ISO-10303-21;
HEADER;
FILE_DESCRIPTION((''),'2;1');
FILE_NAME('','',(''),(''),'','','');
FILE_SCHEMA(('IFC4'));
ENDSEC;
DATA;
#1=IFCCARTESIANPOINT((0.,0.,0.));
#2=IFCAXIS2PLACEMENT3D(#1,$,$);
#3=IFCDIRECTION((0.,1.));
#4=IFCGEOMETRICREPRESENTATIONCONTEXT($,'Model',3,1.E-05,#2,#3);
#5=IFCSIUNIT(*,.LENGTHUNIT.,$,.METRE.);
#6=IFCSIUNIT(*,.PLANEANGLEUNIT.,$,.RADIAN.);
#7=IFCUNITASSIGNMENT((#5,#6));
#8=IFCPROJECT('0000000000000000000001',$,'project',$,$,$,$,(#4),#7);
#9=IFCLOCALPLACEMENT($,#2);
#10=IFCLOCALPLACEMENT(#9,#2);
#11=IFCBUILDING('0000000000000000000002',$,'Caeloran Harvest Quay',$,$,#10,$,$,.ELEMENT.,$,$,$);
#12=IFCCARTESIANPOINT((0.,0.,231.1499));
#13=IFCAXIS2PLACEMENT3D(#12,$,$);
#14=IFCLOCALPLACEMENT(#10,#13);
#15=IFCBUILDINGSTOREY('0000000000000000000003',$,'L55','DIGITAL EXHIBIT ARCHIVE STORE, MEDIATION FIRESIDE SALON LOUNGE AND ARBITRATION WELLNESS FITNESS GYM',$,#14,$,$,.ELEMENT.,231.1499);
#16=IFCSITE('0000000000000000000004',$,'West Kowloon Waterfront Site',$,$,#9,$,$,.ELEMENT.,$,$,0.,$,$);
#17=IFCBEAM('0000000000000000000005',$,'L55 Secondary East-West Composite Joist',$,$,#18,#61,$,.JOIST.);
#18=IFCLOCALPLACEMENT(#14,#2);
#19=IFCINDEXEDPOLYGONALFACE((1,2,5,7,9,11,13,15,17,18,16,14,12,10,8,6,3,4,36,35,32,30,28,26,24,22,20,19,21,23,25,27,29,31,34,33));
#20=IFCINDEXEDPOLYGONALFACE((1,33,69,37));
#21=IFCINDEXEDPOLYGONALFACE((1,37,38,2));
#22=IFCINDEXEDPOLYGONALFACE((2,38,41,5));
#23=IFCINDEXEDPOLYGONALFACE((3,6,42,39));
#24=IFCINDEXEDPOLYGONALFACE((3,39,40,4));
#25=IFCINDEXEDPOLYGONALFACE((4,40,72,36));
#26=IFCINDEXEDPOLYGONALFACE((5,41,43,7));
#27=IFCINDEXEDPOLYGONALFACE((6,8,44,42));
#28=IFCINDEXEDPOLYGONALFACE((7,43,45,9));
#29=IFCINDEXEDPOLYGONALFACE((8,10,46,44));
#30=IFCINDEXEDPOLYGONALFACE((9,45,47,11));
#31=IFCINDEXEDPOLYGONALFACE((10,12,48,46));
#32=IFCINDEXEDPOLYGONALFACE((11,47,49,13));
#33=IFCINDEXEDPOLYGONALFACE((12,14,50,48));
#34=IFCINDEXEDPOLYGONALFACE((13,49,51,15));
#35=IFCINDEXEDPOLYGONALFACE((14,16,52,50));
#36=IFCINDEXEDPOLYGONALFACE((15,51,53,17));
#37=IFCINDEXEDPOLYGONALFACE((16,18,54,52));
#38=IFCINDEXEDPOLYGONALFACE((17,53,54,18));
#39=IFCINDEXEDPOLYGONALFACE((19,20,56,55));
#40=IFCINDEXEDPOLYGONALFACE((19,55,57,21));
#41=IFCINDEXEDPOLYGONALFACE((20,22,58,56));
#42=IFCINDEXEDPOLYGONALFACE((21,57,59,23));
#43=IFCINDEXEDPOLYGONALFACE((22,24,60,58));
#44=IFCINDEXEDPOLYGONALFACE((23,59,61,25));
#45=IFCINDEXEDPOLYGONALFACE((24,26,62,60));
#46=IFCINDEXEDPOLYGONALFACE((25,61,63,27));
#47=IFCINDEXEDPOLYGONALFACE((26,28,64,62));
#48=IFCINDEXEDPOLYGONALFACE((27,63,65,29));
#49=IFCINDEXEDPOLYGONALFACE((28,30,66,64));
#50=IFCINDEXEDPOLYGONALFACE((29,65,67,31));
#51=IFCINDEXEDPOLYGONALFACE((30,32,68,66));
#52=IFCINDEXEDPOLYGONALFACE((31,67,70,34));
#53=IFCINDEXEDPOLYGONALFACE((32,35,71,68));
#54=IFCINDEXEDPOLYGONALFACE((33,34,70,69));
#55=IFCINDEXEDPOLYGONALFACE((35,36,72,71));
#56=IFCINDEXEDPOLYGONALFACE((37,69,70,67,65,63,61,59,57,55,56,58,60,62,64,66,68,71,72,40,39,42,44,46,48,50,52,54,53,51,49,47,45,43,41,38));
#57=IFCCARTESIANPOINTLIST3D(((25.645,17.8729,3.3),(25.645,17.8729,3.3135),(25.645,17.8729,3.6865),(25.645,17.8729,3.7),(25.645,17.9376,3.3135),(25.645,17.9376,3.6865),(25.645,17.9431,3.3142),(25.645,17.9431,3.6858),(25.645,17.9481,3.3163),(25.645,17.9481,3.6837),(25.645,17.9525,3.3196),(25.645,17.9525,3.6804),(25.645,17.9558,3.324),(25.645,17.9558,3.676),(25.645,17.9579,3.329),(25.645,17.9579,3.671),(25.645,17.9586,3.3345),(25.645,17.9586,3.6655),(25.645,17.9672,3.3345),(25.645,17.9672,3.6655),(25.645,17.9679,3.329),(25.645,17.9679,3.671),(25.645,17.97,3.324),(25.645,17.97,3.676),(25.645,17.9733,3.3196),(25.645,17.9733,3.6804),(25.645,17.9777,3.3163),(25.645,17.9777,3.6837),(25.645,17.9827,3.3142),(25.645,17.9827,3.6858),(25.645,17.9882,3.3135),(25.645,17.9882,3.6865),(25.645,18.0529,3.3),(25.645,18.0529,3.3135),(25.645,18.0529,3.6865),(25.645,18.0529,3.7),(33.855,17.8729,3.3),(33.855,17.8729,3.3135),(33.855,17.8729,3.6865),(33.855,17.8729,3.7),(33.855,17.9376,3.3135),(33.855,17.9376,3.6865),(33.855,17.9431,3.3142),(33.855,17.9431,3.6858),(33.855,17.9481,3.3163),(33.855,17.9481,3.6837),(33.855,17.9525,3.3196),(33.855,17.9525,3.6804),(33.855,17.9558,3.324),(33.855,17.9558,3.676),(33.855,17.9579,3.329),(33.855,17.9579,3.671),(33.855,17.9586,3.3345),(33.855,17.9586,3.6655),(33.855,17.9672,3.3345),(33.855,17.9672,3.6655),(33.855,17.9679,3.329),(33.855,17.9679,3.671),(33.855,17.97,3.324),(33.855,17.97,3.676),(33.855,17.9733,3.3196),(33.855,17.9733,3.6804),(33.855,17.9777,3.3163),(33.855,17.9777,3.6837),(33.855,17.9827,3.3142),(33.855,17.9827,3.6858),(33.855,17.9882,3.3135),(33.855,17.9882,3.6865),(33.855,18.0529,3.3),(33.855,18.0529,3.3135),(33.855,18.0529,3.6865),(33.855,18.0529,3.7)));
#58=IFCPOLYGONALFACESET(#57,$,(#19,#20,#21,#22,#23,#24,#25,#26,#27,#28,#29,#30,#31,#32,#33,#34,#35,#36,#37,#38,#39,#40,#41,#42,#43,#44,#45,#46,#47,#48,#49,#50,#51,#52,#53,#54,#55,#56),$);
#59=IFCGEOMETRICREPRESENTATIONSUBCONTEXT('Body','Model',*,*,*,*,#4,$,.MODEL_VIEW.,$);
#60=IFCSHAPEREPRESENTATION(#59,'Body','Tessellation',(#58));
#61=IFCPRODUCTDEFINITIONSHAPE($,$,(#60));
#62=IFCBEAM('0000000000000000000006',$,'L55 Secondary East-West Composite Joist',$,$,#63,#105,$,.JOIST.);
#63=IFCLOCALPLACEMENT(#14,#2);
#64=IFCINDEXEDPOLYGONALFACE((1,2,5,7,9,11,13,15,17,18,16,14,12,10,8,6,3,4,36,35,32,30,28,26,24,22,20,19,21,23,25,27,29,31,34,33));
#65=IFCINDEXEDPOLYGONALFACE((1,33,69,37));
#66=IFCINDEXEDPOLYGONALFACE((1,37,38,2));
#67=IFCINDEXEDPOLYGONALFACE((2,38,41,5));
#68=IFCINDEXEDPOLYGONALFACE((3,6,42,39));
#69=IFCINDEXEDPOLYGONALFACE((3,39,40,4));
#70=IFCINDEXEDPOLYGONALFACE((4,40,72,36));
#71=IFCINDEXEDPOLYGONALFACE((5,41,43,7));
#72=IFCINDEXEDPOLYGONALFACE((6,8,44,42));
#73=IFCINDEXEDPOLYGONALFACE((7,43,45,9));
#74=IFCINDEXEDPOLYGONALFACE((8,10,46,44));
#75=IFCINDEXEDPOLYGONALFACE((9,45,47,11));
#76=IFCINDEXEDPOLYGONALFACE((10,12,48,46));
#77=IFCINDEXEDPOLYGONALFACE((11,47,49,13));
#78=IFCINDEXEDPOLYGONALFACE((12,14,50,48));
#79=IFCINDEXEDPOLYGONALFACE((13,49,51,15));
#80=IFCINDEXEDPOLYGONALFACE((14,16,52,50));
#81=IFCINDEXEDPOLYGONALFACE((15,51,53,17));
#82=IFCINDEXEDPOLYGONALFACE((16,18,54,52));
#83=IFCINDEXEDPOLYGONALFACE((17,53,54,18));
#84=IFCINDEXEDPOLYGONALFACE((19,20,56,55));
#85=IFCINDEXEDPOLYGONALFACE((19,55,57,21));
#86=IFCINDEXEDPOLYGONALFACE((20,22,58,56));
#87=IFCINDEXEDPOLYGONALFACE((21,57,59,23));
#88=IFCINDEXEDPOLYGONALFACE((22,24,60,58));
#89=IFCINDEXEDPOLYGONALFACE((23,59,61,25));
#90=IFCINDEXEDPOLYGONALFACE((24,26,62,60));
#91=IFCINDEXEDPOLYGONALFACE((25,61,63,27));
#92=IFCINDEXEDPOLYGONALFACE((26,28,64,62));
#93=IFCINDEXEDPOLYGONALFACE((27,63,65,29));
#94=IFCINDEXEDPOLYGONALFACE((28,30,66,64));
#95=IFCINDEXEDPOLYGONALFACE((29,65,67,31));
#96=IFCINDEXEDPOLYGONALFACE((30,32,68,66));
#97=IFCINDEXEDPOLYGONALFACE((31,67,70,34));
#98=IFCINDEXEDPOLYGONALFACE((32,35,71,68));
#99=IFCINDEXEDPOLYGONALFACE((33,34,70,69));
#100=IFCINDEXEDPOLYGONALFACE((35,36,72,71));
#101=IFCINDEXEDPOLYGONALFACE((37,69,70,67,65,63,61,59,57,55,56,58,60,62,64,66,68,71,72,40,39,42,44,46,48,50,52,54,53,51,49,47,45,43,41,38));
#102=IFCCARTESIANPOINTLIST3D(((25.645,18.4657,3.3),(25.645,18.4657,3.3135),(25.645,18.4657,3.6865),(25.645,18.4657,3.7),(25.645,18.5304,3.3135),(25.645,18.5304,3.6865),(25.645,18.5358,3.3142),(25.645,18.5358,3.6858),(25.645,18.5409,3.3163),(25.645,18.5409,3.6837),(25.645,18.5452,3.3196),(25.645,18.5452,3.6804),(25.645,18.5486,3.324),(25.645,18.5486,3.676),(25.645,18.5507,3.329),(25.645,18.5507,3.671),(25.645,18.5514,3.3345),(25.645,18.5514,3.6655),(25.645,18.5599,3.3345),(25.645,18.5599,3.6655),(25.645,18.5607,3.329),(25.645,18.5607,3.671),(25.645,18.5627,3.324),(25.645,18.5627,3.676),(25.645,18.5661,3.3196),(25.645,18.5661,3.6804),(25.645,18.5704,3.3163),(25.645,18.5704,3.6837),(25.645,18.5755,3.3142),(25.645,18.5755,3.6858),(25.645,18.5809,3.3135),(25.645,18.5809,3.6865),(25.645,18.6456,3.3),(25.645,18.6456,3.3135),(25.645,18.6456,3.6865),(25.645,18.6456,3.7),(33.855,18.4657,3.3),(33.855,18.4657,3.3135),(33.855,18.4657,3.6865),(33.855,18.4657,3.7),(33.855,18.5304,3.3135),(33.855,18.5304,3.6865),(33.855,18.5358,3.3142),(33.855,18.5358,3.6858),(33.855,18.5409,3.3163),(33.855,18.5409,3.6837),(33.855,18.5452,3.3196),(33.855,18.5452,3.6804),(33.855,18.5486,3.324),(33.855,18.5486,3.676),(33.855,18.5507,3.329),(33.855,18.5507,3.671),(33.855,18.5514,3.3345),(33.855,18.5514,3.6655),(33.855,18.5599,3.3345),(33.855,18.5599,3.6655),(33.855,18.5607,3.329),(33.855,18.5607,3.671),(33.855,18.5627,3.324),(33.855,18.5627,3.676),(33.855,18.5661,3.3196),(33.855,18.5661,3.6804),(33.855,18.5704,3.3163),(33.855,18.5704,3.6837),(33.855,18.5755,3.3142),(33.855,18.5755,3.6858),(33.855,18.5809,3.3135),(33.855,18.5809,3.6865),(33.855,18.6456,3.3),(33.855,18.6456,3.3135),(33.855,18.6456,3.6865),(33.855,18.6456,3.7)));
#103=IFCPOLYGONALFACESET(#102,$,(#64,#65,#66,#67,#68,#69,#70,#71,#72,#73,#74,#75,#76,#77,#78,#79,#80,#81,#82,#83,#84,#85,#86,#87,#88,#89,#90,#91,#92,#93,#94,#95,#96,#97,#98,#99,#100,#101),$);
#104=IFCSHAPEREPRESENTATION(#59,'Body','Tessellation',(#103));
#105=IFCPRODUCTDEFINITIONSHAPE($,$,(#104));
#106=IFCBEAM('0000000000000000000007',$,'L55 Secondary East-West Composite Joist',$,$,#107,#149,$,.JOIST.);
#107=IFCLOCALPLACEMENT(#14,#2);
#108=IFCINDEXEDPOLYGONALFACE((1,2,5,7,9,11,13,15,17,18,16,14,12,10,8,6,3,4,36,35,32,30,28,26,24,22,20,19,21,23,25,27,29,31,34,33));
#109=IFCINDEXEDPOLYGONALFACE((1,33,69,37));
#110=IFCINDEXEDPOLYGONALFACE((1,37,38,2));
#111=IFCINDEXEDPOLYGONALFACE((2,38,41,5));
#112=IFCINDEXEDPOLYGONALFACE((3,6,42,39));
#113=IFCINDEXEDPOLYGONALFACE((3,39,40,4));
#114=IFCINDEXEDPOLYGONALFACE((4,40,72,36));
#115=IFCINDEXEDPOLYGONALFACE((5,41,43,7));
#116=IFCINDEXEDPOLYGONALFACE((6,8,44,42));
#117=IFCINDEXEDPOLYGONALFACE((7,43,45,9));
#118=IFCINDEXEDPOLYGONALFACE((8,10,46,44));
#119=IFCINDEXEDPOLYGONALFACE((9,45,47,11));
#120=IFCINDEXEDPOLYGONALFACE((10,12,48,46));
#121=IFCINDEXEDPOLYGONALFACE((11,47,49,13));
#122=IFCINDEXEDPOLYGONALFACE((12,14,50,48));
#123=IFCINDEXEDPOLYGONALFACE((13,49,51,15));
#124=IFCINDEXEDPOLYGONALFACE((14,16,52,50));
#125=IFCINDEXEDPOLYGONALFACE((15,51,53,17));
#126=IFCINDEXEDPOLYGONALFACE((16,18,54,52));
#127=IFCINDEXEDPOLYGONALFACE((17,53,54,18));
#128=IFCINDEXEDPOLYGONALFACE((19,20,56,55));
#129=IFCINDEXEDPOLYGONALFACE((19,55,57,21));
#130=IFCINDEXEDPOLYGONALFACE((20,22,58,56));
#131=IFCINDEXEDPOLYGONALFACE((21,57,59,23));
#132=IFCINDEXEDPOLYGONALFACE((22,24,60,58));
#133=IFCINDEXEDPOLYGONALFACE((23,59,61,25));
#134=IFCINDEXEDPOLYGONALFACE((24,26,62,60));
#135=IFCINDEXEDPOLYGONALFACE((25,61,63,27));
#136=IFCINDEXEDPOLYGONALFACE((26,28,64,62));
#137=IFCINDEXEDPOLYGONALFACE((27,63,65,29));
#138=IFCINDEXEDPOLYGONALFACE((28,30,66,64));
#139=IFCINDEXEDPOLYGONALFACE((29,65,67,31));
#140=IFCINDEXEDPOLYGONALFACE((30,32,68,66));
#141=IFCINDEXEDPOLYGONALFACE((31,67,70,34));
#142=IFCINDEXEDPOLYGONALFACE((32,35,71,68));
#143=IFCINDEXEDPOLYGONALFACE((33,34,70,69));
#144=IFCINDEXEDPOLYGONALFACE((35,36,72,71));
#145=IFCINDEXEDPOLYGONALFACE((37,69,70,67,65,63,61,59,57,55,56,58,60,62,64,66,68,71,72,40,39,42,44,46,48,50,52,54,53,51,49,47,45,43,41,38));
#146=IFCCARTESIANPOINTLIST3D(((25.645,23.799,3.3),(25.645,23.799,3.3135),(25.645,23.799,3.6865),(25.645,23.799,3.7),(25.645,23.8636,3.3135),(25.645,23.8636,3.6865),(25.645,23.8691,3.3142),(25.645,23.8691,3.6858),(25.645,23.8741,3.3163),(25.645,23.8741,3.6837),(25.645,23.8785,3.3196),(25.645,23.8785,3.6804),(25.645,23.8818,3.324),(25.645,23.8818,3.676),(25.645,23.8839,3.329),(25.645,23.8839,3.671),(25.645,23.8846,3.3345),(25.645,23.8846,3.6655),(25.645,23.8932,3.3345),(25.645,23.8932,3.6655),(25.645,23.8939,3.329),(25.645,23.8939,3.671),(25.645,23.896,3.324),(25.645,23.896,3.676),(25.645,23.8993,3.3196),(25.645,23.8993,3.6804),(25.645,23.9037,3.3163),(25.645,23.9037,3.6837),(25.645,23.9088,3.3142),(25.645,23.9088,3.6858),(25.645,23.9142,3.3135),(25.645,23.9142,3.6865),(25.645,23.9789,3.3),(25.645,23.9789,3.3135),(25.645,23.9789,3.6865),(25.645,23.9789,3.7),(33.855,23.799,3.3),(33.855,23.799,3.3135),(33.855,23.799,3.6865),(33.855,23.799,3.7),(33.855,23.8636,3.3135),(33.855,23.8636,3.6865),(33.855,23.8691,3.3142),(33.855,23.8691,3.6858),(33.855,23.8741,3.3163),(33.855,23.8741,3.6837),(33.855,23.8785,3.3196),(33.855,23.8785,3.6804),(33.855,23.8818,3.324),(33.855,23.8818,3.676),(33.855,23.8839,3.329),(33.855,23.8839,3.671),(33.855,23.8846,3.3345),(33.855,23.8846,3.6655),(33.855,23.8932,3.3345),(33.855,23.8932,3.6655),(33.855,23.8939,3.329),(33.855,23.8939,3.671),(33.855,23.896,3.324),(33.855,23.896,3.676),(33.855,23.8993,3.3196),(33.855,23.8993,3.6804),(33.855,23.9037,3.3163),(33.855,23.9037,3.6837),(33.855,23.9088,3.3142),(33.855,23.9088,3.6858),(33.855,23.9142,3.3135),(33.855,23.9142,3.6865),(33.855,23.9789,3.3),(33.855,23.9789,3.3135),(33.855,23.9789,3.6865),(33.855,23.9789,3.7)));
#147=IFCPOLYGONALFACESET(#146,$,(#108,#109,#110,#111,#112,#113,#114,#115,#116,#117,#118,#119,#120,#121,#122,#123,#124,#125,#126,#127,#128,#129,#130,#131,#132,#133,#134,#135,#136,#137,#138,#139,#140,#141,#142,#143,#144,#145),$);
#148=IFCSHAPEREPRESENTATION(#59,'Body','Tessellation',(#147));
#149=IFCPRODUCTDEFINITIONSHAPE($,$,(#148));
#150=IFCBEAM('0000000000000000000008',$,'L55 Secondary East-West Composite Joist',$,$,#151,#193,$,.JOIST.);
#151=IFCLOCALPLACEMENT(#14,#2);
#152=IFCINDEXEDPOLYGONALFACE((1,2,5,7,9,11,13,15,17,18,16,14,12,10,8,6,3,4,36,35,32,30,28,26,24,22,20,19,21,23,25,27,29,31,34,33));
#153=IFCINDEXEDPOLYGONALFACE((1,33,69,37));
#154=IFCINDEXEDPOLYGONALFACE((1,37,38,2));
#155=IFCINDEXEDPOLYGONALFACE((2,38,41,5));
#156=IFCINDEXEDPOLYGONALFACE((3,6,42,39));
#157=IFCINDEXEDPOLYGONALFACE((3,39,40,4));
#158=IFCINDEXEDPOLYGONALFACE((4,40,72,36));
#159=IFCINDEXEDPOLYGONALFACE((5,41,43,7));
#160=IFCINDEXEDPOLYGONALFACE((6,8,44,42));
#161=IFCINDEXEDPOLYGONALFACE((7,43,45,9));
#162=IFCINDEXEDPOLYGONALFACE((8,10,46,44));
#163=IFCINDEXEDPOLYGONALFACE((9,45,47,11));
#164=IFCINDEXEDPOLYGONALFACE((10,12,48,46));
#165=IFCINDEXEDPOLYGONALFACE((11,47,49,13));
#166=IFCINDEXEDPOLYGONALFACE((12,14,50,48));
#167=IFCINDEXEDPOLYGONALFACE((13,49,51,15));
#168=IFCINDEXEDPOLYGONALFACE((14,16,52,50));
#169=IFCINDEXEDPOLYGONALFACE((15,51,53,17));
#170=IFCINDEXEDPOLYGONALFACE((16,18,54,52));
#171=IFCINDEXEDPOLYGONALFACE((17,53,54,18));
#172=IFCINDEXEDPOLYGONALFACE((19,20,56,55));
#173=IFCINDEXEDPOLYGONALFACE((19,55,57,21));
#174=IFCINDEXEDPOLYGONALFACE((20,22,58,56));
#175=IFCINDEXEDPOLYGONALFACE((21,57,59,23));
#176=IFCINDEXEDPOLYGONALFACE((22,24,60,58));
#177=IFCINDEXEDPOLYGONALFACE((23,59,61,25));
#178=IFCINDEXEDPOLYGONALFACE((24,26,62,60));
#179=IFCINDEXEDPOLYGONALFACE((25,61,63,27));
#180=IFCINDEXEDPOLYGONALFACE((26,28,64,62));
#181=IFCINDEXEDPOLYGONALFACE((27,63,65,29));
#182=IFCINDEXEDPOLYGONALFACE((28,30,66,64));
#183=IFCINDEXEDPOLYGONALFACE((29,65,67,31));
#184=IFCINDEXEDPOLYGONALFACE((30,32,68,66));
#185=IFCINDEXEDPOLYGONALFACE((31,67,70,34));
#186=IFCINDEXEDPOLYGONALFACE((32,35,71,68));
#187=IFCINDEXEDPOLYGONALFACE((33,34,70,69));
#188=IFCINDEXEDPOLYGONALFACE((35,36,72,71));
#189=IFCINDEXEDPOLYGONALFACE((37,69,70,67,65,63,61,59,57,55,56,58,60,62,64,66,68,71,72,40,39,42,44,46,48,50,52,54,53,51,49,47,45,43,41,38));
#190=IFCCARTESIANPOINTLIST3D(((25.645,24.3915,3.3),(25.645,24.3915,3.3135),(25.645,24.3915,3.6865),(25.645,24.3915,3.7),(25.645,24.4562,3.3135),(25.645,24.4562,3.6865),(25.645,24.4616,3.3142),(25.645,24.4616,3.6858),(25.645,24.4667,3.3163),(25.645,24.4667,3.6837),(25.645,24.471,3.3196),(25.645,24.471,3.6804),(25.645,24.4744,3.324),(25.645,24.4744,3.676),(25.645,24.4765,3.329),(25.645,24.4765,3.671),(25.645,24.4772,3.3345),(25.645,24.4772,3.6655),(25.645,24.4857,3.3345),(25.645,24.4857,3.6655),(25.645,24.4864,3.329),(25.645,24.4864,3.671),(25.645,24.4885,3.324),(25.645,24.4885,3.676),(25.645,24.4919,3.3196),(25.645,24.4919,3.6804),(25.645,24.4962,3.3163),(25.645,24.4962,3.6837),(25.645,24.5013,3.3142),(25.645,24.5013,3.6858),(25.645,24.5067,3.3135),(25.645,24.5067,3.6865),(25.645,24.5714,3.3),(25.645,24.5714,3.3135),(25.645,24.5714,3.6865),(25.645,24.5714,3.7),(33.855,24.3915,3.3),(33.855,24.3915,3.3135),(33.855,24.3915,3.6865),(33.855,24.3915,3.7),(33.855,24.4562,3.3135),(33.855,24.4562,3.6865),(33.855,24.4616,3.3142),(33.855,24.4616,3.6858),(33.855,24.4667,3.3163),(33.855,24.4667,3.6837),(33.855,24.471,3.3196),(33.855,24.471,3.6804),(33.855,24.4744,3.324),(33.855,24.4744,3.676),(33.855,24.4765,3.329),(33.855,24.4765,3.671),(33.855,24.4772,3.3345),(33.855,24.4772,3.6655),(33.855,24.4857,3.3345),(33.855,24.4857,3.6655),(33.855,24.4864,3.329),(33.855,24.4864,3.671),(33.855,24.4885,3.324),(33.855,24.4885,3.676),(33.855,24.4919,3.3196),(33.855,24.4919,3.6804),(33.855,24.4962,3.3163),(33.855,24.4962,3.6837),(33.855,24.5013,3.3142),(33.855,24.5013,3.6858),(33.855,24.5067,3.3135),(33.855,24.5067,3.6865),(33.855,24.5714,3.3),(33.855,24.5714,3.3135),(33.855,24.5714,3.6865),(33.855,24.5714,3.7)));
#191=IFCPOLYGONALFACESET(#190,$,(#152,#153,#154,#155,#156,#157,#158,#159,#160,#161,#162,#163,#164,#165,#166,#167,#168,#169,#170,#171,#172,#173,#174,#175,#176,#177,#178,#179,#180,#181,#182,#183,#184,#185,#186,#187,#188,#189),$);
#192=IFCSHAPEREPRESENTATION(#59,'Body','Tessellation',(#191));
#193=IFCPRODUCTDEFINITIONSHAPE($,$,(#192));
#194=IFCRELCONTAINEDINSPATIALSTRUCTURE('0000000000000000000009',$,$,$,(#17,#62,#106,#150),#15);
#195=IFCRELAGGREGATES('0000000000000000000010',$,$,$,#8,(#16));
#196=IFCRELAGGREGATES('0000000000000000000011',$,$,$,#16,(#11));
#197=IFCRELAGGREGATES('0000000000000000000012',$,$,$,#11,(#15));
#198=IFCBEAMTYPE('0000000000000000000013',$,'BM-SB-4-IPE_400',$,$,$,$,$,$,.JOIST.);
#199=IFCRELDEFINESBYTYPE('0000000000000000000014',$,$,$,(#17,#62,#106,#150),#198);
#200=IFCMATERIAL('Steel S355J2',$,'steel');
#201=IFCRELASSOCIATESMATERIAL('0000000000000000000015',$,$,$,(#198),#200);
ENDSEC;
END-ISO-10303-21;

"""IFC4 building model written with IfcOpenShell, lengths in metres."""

from ifc_helpers import new_model, si_unit, direction, frame, origin, origin_2d, place, context, subcontext, project, spatial, i_section, extrude, material, material_profile, profile_set, type_object, element, save


model = new_model("IFC4")

# Units and contexts
model_context = context("Model", 3, precision=1e-05, world=origin(), true_north=direction((0.0, 1.0)))
body_context = subcontext(model_context, "Body", "Model", "MODEL_VIEW")
ifc_project = project(units=[si_unit("LENGTHUNIT", "METRE"), si_unit("PLANEANGLEUNIT", "RADIAN")], contexts=[model_context])

# Site, building, storey
site_placement = place(None, origin())
site = spatial("IfcSite", under=ifc_project, at=site_placement, Name="West Kowloon Waterfront Site", CompositionType="ELEMENT", RefElevation=0.0)
building_placement = place(site_placement, origin())
building = spatial("IfcBuilding", under=site, at=building_placement, Name="Caeloran Harvest Quay", CompositionType="ELEMENT")
storey_placement = place(building_placement, frame((0.0, 0.0, 231.1499)))
storey = spatial("IfcBuildingStorey", under=building, at=storey_placement, Name="L55", Description="DIGITAL EXHIBIT ARCHIVE STORE, MEDIATION FIRESIDE SALON LOUNGE AND ARBITRATION WELLNESS FITNESS GYM", CompositionType="ELEMENT", Elevation=231.1499)

# Beams
ifc_material_1 = material(Name="Steel S355J2", Category="steel")
ifc_material_profile_1 = material_profile(ifc_material_1, i_section(OverallWidth=0.1799, OverallDepth=0.3999, WebThickness=0.0085, FlangeThickness=0.0134, FilletRadius=0.021, at=origin_2d()), Name="IPE 400")
ifc_profile_set_1 = profile_set([ifc_material_profile_1], Name="Steel S355J2")
beam_type_1 = type_object("IfcBeamType", Name="BM-SB-4-IPE_400", PredefinedType="JOIST", material=ifc_profile_set_1)
for number, where, z_axis, x_axis, name in (
    (1, (25.645, 17.9629, 3.5), (1.0, 0.0, 0.0), (0.0, 1.0, 0.0), "L55 Secondary East-West Composite Joist"),
    (2, (25.645, 18.5557, 3.5), (1.0, 0.0, 0.0), (0.0, 1.0, 0.0), "L55 Secondary East-West Composite Joist"),
    (3, (25.645, 23.8889, 3.5), (1.0, 0.0, 0.0), (0.0, 1.0, 0.0), "L55 Secondary East-West Composite Joist"),
    (4, (25.645, 24.4814, 3.5), (1.0, 0.0, 0.0), (0.0, 1.0, 0.0), "L55 Secondary East-West Composite Joist"),
):
    element("IfcBeam", number, at=place(storey_placement, frame(where, z_axis=z_axis, x_axis=x_axis)), inside=storey, type_object=beam_type_1, Name=name, PredefinedType="JOIST", context=body_context, shape_type="SweptSolid", body=[
        extrude(i_section(OverallWidth=0.1799, OverallDepth=0.3999, WebThickness=0.0085, FlangeThickness=0.0134, FilletRadius=0.021, at=origin_2d()), origin(), (0.0, 0.0, 1.0), 8.21),
    ])

save(model, "model.ifc")
